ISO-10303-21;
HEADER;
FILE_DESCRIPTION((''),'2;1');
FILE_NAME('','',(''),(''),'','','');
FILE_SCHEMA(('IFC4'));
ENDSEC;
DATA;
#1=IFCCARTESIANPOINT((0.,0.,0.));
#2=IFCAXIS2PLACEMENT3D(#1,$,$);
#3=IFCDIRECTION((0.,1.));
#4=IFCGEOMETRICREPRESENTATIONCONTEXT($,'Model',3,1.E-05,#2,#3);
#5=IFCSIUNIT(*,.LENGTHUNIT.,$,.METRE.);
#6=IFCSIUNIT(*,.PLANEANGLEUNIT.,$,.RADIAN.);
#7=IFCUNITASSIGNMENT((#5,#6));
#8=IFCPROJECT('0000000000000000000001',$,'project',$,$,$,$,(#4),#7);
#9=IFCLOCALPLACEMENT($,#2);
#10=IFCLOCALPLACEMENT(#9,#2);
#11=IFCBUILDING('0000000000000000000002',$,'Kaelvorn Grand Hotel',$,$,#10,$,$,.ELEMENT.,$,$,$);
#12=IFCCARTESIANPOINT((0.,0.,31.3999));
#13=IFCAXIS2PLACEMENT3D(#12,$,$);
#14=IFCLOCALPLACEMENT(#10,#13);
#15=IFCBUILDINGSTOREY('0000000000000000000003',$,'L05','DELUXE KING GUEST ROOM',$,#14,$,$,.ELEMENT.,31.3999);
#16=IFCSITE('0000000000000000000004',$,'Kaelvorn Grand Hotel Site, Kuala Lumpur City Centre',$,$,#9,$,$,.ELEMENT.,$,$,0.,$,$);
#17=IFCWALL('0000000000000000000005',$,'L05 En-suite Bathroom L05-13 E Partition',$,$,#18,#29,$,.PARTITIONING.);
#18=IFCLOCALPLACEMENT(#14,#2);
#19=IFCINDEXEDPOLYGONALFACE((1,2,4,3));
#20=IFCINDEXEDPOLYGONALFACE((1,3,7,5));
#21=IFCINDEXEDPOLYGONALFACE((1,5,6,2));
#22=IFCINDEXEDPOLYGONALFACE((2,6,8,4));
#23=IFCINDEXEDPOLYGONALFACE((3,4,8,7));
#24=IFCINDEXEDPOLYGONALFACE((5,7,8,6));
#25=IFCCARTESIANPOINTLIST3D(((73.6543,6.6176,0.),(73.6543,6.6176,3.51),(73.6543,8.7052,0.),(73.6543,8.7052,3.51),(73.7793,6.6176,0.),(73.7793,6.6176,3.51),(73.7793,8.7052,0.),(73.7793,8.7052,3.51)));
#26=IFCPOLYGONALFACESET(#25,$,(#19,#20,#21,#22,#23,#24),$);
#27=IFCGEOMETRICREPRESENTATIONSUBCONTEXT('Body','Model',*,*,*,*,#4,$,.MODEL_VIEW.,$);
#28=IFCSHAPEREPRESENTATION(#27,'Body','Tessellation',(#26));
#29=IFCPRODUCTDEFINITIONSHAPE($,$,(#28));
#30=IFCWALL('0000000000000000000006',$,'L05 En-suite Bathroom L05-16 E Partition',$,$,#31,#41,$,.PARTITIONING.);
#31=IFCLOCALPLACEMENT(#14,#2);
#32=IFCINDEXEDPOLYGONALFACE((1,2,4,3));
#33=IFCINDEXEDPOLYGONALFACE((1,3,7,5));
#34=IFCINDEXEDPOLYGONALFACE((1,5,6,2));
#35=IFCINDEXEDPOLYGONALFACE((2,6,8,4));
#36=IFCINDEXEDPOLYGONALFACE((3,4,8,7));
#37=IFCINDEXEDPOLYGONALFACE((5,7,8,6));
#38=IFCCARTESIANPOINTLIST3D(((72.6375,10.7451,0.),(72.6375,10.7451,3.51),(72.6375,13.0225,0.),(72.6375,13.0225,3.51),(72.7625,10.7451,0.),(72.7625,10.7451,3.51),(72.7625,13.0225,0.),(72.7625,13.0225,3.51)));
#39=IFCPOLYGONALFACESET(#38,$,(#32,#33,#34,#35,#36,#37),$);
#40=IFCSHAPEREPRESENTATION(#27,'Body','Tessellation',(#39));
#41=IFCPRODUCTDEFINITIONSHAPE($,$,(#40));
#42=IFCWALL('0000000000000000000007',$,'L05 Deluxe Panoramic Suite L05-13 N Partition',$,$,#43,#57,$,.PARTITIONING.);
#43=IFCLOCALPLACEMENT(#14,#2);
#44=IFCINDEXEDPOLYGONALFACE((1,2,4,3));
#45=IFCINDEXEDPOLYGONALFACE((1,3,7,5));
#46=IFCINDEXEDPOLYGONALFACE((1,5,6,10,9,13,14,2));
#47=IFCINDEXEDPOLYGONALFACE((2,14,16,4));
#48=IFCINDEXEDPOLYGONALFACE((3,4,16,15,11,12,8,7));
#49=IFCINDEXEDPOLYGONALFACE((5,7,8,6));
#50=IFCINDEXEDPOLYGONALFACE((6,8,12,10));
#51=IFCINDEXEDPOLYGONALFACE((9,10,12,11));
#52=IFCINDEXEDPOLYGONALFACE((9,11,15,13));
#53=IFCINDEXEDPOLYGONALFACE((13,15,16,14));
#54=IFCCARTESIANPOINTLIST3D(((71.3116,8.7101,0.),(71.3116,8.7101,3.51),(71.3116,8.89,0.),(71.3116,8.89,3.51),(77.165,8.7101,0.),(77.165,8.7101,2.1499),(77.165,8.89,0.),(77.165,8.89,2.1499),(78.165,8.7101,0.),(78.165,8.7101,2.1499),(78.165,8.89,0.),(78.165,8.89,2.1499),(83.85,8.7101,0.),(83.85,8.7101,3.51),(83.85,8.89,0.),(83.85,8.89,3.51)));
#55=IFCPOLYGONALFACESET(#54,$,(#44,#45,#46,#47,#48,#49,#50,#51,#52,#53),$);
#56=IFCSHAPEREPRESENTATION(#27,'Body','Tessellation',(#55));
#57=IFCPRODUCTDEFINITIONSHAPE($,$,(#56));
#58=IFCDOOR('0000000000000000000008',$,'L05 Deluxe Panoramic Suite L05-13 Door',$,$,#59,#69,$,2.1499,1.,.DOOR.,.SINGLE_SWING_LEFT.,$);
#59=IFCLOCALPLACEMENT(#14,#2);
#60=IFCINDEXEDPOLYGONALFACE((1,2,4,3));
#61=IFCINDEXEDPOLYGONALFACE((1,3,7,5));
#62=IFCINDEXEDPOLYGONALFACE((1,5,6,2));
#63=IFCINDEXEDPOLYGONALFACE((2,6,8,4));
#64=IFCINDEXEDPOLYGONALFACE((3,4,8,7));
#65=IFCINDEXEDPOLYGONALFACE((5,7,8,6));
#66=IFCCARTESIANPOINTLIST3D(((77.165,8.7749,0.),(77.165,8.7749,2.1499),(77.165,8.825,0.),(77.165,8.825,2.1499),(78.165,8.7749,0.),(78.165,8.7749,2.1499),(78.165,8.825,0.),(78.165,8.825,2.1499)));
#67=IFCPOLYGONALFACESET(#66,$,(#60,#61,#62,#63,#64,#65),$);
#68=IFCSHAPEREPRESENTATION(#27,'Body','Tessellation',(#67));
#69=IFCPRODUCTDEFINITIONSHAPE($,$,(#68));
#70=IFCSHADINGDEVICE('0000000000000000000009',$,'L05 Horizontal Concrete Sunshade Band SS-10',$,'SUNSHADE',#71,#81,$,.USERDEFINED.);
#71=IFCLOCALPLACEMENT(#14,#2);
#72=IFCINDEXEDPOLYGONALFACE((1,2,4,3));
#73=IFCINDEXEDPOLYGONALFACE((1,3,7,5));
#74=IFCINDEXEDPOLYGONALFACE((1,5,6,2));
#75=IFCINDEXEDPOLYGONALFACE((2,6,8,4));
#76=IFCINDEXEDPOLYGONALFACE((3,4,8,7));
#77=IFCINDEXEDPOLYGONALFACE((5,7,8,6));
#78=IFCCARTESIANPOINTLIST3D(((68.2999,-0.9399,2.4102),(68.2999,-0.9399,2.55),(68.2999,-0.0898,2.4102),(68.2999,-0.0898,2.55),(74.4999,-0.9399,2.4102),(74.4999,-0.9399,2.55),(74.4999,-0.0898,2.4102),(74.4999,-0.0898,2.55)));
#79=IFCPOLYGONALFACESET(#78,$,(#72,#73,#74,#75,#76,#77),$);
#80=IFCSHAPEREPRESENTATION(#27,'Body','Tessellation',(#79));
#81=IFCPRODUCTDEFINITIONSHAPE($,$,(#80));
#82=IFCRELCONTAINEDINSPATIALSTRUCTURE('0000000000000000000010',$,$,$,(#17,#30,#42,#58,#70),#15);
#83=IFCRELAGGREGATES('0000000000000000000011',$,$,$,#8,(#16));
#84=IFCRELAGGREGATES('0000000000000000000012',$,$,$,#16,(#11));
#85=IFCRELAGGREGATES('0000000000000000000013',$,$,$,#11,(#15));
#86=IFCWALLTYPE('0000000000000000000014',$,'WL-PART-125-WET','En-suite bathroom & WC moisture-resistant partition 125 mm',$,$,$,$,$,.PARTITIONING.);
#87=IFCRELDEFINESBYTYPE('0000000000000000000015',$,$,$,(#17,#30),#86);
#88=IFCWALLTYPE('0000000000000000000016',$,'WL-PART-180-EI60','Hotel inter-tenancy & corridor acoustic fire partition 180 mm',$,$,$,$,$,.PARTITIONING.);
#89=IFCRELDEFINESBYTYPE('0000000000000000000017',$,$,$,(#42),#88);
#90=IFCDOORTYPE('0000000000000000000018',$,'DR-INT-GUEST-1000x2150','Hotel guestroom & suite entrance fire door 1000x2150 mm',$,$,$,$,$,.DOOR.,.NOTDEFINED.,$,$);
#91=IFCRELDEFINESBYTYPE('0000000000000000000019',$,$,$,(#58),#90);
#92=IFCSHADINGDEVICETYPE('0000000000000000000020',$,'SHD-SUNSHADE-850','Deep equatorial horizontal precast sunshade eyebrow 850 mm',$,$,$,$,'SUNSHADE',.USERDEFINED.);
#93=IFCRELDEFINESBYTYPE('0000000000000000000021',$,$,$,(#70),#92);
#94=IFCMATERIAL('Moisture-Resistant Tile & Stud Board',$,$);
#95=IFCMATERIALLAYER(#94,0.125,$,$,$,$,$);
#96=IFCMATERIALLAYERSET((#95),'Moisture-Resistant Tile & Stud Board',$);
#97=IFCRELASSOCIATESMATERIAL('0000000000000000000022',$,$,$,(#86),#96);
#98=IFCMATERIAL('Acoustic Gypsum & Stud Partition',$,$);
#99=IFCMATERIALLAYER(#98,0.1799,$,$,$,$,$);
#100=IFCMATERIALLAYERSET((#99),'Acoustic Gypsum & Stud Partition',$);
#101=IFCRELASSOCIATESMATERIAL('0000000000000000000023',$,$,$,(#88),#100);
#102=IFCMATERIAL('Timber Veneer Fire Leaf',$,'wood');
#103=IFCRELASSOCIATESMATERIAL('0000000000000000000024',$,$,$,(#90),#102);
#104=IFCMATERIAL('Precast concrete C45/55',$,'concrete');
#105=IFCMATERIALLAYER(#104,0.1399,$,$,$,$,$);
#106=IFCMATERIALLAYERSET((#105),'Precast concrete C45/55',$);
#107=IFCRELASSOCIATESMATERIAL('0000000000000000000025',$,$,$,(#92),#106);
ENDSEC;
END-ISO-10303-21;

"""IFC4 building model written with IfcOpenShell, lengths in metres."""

from ifc_helpers import new_model, si_unit, direction, frame, frame_2d, origin, origin_2d, place, context, subcontext, project, spatial, rectangle, extrude, material, layer, layer_set, type_object, element, fill, save


model = new_model("IFC4")

# Units and contexts
model_context = context("Model", 3, precision=1e-05, world=origin(), true_north=direction((0.0, 1.0)))
body_context = subcontext(model_context, "Body", "Model", "MODEL_VIEW")
ifc_project = project(units=[si_unit("LENGTHUNIT", "METRE"), si_unit("PLANEANGLEUNIT", "RADIAN")], contexts=[model_context])

# Site, building, storey
site_placement = place(None, origin())
site = spatial("IfcSite", under=ifc_project, at=site_placement, Name="Kaelvorn Grand Hotel Site, Kuala Lumpur City Centre", CompositionType="ELEMENT", RefElevation=0.0)
building_placement = place(site_placement, origin())
building = spatial("IfcBuilding", under=site, at=building_placement, Name="Kaelvorn Grand Hotel", CompositionType="ELEMENT")
storey_placement = place(building_placement, frame((0.0, 0.0, 31.3999)))
storey = spatial("IfcBuildingStorey", under=building, at=storey_placement, Name="L05", Description="DELUXE KING GUEST ROOM", CompositionType="ELEMENT", Elevation=31.3999)

# Shared definitions
ifc_material_1 = material(Name="Moisture-Resistant Tile & Stud Board")
ifc_layer_1 = layer(ifc_material_1, 0.125)
ifc_layer_set_1 = layer_set([ifc_layer_1], Name="Moisture-Resistant Tile & Stud Board")
wall_type_1 = type_object("IfcWallType", Name="WL-PART-125-WET", Description="En-suite bathroom & WC moisture-resistant partition 125 mm", PredefinedType="PARTITIONING", material=ifc_layer_set_1)

# Walls
wall_1_placement = place(storey_placement, frame((73.7168, 6.6174, 0.0), z_axis=(0.0, 0.0, 1.0), x_axis=(0.0, 1.0, 0.0)))
element("IfcWall", 1, at=wall_1_placement, inside=storey, type_object=wall_type_1, Name="L05 En-suite Bathroom L05-13 E Partition", PredefinedType="PARTITIONING", context=body_context, shape_type="SweptSolid", body=[
    extrude(rectangle(XDim=2.0876, YDim=0.125, at=frame_2d((1.0439, 0.0))), origin(), (0.0, 0.0, 1.0), 3.51),
])
wall_2_placement = place(storey_placement, frame((72.7, 10.7451, 0.0), z_axis=(0.0, 0.0, 1.0), x_axis=(0.0, 1.0, 0.0)))
element("IfcWall", 2, at=wall_2_placement, inside=storey, type_object=wall_type_1, Name="L05 En-suite Bathroom L05-16 E Partition", PredefinedType="PARTITIONING", context=body_context, shape_type="SweptSolid", body=[
    extrude(rectangle(XDim=2.2773, YDim=0.125, at=frame_2d((1.1387, 0.0))), origin(), (0.0, 0.0, 1.0), 3.51),
])

# Wall, opening, door
ifc_material_2 = material(Name="Acoustic Gypsum & Stud Partition")
ifc_layer_2 = layer(ifc_material_2, 0.1799)
ifc_layer_set_2 = layer_set([ifc_layer_2], Name="Acoustic Gypsum & Stud Partition")
wall_type_2 = type_object("IfcWallType", Name="WL-PART-180-EI60", Description="Hotel inter-tenancy & corridor acoustic fire partition 180 mm", PredefinedType="PARTITIONING", material=ifc_layer_set_2)
wall_3_placement = place(storey_placement, frame((71.3118, 8.8, 0.0), z_axis=(0.0, 0.0, 1.0), x_axis=(1.0, 0.0, 0.0)))
wall_3 = element("IfcWall", 3, at=wall_3_placement, inside=storey, type_object=wall_type_2, Name="L05 Deluxe Panoramic Suite L05-13 N Partition", PredefinedType="PARTITIONING", context=body_context, shape_type="SweptSolid", body=[
    extrude(rectangle(XDim=12.5383, YDim=0.1799, at=frame_2d((6.269, 0.0))), origin(), (0.0, 0.0, 1.0), 3.51),
])
opening_1_placement = place(wall_3_placement, frame((5.8533, 0.0, 0.0)))
opening_1 = element("IfcOpeningElement", 4, at=opening_1_placement, cuts=wall_3, PredefinedType="OPENING", context=body_context, shape_type="SweptSolid", body=[
    extrude(rectangle(XDim=1.0, YDim=2.1499, at=frame_2d((0.5, 1.075))), frame((0.0, 0.1001, 0.0), z_axis=(0.0, -1.0, 0.0), x_axis=(1.0, 0.0, 0.0)), (0.0, 0.0, 1.0), 0.2),
])
ifc_material_3 = material(Name="Timber Veneer Fire Leaf", Category="wood")
door_type_1 = type_object("IfcDoorType", Name="DR-INT-GUEST-1000x2150", Description="Hotel guestroom & suite entrance fire door 1000x2150 mm", OperationType="NOTDEFINED", PredefinedType="DOOR", material=ifc_material_3)
door_1_placement = place(opening_1_placement, origin())
door_1 = element("IfcDoor", 5, at=door_1_placement, inside=storey, type_object=door_type_1, Name="L05 Deluxe Panoramic Suite L05-13 Door", OperationType="SINGLE_SWING_LEFT", OverallHeight=2.1499, OverallWidth=1.0, PredefinedType="DOOR", context=body_context, shape_type="SweptSolid", body=[
    extrude(rectangle(XDim=1.0, YDim=2.1499, at=frame_2d((0.5, 1.075))), frame((0.0, 0.0249, 0.0), z_axis=(0.0, -1.0, 0.0), x_axis=(1.0, 0.0, 0.0)), (0.0, 0.0, 1.0), 0.05),
])
fill(opening_1, door_1)

# Shading device
ifc_material_4 = material(Name="Precast concrete C45/55", Category="concrete")
ifc_layer_3 = layer(ifc_material_4, 0.1399)
ifc_layer_set_3 = layer_set([ifc_layer_3], Name="Precast concrete C45/55")
shading_device_type = type_object("IfcShadingDeviceType", Name="SHD-SUNSHADE-850", Description="Deep equatorial horizontal precast sunshade eyebrow 850 mm", ElementType="SUNSHADE", PredefinedType="USERDEFINED", material=ifc_layer_set_3)
shading_device_placement = place(storey_placement, frame((71.3999, -0.5149, 2.4102), z_axis=(0.0, 0.0, 1.0), x_axis=(1.0, 0.0, 0.0)))
element("IfcShadingDevice", 6, at=shading_device_placement, inside=storey, type_object=shading_device_type, Name="L05 Horizontal Concrete Sunshade Band SS-10", ObjectType="SUNSHADE", PredefinedType="USERDEFINED", context=body_context, shape_type="SweptSolid", body=[
    extrude(rectangle(XDim=6.2, YDim=0.8501, at=origin_2d()), origin(), (0.0, 0.0, 1.0), 0.1399),
])

save(model, "model.ifc")
